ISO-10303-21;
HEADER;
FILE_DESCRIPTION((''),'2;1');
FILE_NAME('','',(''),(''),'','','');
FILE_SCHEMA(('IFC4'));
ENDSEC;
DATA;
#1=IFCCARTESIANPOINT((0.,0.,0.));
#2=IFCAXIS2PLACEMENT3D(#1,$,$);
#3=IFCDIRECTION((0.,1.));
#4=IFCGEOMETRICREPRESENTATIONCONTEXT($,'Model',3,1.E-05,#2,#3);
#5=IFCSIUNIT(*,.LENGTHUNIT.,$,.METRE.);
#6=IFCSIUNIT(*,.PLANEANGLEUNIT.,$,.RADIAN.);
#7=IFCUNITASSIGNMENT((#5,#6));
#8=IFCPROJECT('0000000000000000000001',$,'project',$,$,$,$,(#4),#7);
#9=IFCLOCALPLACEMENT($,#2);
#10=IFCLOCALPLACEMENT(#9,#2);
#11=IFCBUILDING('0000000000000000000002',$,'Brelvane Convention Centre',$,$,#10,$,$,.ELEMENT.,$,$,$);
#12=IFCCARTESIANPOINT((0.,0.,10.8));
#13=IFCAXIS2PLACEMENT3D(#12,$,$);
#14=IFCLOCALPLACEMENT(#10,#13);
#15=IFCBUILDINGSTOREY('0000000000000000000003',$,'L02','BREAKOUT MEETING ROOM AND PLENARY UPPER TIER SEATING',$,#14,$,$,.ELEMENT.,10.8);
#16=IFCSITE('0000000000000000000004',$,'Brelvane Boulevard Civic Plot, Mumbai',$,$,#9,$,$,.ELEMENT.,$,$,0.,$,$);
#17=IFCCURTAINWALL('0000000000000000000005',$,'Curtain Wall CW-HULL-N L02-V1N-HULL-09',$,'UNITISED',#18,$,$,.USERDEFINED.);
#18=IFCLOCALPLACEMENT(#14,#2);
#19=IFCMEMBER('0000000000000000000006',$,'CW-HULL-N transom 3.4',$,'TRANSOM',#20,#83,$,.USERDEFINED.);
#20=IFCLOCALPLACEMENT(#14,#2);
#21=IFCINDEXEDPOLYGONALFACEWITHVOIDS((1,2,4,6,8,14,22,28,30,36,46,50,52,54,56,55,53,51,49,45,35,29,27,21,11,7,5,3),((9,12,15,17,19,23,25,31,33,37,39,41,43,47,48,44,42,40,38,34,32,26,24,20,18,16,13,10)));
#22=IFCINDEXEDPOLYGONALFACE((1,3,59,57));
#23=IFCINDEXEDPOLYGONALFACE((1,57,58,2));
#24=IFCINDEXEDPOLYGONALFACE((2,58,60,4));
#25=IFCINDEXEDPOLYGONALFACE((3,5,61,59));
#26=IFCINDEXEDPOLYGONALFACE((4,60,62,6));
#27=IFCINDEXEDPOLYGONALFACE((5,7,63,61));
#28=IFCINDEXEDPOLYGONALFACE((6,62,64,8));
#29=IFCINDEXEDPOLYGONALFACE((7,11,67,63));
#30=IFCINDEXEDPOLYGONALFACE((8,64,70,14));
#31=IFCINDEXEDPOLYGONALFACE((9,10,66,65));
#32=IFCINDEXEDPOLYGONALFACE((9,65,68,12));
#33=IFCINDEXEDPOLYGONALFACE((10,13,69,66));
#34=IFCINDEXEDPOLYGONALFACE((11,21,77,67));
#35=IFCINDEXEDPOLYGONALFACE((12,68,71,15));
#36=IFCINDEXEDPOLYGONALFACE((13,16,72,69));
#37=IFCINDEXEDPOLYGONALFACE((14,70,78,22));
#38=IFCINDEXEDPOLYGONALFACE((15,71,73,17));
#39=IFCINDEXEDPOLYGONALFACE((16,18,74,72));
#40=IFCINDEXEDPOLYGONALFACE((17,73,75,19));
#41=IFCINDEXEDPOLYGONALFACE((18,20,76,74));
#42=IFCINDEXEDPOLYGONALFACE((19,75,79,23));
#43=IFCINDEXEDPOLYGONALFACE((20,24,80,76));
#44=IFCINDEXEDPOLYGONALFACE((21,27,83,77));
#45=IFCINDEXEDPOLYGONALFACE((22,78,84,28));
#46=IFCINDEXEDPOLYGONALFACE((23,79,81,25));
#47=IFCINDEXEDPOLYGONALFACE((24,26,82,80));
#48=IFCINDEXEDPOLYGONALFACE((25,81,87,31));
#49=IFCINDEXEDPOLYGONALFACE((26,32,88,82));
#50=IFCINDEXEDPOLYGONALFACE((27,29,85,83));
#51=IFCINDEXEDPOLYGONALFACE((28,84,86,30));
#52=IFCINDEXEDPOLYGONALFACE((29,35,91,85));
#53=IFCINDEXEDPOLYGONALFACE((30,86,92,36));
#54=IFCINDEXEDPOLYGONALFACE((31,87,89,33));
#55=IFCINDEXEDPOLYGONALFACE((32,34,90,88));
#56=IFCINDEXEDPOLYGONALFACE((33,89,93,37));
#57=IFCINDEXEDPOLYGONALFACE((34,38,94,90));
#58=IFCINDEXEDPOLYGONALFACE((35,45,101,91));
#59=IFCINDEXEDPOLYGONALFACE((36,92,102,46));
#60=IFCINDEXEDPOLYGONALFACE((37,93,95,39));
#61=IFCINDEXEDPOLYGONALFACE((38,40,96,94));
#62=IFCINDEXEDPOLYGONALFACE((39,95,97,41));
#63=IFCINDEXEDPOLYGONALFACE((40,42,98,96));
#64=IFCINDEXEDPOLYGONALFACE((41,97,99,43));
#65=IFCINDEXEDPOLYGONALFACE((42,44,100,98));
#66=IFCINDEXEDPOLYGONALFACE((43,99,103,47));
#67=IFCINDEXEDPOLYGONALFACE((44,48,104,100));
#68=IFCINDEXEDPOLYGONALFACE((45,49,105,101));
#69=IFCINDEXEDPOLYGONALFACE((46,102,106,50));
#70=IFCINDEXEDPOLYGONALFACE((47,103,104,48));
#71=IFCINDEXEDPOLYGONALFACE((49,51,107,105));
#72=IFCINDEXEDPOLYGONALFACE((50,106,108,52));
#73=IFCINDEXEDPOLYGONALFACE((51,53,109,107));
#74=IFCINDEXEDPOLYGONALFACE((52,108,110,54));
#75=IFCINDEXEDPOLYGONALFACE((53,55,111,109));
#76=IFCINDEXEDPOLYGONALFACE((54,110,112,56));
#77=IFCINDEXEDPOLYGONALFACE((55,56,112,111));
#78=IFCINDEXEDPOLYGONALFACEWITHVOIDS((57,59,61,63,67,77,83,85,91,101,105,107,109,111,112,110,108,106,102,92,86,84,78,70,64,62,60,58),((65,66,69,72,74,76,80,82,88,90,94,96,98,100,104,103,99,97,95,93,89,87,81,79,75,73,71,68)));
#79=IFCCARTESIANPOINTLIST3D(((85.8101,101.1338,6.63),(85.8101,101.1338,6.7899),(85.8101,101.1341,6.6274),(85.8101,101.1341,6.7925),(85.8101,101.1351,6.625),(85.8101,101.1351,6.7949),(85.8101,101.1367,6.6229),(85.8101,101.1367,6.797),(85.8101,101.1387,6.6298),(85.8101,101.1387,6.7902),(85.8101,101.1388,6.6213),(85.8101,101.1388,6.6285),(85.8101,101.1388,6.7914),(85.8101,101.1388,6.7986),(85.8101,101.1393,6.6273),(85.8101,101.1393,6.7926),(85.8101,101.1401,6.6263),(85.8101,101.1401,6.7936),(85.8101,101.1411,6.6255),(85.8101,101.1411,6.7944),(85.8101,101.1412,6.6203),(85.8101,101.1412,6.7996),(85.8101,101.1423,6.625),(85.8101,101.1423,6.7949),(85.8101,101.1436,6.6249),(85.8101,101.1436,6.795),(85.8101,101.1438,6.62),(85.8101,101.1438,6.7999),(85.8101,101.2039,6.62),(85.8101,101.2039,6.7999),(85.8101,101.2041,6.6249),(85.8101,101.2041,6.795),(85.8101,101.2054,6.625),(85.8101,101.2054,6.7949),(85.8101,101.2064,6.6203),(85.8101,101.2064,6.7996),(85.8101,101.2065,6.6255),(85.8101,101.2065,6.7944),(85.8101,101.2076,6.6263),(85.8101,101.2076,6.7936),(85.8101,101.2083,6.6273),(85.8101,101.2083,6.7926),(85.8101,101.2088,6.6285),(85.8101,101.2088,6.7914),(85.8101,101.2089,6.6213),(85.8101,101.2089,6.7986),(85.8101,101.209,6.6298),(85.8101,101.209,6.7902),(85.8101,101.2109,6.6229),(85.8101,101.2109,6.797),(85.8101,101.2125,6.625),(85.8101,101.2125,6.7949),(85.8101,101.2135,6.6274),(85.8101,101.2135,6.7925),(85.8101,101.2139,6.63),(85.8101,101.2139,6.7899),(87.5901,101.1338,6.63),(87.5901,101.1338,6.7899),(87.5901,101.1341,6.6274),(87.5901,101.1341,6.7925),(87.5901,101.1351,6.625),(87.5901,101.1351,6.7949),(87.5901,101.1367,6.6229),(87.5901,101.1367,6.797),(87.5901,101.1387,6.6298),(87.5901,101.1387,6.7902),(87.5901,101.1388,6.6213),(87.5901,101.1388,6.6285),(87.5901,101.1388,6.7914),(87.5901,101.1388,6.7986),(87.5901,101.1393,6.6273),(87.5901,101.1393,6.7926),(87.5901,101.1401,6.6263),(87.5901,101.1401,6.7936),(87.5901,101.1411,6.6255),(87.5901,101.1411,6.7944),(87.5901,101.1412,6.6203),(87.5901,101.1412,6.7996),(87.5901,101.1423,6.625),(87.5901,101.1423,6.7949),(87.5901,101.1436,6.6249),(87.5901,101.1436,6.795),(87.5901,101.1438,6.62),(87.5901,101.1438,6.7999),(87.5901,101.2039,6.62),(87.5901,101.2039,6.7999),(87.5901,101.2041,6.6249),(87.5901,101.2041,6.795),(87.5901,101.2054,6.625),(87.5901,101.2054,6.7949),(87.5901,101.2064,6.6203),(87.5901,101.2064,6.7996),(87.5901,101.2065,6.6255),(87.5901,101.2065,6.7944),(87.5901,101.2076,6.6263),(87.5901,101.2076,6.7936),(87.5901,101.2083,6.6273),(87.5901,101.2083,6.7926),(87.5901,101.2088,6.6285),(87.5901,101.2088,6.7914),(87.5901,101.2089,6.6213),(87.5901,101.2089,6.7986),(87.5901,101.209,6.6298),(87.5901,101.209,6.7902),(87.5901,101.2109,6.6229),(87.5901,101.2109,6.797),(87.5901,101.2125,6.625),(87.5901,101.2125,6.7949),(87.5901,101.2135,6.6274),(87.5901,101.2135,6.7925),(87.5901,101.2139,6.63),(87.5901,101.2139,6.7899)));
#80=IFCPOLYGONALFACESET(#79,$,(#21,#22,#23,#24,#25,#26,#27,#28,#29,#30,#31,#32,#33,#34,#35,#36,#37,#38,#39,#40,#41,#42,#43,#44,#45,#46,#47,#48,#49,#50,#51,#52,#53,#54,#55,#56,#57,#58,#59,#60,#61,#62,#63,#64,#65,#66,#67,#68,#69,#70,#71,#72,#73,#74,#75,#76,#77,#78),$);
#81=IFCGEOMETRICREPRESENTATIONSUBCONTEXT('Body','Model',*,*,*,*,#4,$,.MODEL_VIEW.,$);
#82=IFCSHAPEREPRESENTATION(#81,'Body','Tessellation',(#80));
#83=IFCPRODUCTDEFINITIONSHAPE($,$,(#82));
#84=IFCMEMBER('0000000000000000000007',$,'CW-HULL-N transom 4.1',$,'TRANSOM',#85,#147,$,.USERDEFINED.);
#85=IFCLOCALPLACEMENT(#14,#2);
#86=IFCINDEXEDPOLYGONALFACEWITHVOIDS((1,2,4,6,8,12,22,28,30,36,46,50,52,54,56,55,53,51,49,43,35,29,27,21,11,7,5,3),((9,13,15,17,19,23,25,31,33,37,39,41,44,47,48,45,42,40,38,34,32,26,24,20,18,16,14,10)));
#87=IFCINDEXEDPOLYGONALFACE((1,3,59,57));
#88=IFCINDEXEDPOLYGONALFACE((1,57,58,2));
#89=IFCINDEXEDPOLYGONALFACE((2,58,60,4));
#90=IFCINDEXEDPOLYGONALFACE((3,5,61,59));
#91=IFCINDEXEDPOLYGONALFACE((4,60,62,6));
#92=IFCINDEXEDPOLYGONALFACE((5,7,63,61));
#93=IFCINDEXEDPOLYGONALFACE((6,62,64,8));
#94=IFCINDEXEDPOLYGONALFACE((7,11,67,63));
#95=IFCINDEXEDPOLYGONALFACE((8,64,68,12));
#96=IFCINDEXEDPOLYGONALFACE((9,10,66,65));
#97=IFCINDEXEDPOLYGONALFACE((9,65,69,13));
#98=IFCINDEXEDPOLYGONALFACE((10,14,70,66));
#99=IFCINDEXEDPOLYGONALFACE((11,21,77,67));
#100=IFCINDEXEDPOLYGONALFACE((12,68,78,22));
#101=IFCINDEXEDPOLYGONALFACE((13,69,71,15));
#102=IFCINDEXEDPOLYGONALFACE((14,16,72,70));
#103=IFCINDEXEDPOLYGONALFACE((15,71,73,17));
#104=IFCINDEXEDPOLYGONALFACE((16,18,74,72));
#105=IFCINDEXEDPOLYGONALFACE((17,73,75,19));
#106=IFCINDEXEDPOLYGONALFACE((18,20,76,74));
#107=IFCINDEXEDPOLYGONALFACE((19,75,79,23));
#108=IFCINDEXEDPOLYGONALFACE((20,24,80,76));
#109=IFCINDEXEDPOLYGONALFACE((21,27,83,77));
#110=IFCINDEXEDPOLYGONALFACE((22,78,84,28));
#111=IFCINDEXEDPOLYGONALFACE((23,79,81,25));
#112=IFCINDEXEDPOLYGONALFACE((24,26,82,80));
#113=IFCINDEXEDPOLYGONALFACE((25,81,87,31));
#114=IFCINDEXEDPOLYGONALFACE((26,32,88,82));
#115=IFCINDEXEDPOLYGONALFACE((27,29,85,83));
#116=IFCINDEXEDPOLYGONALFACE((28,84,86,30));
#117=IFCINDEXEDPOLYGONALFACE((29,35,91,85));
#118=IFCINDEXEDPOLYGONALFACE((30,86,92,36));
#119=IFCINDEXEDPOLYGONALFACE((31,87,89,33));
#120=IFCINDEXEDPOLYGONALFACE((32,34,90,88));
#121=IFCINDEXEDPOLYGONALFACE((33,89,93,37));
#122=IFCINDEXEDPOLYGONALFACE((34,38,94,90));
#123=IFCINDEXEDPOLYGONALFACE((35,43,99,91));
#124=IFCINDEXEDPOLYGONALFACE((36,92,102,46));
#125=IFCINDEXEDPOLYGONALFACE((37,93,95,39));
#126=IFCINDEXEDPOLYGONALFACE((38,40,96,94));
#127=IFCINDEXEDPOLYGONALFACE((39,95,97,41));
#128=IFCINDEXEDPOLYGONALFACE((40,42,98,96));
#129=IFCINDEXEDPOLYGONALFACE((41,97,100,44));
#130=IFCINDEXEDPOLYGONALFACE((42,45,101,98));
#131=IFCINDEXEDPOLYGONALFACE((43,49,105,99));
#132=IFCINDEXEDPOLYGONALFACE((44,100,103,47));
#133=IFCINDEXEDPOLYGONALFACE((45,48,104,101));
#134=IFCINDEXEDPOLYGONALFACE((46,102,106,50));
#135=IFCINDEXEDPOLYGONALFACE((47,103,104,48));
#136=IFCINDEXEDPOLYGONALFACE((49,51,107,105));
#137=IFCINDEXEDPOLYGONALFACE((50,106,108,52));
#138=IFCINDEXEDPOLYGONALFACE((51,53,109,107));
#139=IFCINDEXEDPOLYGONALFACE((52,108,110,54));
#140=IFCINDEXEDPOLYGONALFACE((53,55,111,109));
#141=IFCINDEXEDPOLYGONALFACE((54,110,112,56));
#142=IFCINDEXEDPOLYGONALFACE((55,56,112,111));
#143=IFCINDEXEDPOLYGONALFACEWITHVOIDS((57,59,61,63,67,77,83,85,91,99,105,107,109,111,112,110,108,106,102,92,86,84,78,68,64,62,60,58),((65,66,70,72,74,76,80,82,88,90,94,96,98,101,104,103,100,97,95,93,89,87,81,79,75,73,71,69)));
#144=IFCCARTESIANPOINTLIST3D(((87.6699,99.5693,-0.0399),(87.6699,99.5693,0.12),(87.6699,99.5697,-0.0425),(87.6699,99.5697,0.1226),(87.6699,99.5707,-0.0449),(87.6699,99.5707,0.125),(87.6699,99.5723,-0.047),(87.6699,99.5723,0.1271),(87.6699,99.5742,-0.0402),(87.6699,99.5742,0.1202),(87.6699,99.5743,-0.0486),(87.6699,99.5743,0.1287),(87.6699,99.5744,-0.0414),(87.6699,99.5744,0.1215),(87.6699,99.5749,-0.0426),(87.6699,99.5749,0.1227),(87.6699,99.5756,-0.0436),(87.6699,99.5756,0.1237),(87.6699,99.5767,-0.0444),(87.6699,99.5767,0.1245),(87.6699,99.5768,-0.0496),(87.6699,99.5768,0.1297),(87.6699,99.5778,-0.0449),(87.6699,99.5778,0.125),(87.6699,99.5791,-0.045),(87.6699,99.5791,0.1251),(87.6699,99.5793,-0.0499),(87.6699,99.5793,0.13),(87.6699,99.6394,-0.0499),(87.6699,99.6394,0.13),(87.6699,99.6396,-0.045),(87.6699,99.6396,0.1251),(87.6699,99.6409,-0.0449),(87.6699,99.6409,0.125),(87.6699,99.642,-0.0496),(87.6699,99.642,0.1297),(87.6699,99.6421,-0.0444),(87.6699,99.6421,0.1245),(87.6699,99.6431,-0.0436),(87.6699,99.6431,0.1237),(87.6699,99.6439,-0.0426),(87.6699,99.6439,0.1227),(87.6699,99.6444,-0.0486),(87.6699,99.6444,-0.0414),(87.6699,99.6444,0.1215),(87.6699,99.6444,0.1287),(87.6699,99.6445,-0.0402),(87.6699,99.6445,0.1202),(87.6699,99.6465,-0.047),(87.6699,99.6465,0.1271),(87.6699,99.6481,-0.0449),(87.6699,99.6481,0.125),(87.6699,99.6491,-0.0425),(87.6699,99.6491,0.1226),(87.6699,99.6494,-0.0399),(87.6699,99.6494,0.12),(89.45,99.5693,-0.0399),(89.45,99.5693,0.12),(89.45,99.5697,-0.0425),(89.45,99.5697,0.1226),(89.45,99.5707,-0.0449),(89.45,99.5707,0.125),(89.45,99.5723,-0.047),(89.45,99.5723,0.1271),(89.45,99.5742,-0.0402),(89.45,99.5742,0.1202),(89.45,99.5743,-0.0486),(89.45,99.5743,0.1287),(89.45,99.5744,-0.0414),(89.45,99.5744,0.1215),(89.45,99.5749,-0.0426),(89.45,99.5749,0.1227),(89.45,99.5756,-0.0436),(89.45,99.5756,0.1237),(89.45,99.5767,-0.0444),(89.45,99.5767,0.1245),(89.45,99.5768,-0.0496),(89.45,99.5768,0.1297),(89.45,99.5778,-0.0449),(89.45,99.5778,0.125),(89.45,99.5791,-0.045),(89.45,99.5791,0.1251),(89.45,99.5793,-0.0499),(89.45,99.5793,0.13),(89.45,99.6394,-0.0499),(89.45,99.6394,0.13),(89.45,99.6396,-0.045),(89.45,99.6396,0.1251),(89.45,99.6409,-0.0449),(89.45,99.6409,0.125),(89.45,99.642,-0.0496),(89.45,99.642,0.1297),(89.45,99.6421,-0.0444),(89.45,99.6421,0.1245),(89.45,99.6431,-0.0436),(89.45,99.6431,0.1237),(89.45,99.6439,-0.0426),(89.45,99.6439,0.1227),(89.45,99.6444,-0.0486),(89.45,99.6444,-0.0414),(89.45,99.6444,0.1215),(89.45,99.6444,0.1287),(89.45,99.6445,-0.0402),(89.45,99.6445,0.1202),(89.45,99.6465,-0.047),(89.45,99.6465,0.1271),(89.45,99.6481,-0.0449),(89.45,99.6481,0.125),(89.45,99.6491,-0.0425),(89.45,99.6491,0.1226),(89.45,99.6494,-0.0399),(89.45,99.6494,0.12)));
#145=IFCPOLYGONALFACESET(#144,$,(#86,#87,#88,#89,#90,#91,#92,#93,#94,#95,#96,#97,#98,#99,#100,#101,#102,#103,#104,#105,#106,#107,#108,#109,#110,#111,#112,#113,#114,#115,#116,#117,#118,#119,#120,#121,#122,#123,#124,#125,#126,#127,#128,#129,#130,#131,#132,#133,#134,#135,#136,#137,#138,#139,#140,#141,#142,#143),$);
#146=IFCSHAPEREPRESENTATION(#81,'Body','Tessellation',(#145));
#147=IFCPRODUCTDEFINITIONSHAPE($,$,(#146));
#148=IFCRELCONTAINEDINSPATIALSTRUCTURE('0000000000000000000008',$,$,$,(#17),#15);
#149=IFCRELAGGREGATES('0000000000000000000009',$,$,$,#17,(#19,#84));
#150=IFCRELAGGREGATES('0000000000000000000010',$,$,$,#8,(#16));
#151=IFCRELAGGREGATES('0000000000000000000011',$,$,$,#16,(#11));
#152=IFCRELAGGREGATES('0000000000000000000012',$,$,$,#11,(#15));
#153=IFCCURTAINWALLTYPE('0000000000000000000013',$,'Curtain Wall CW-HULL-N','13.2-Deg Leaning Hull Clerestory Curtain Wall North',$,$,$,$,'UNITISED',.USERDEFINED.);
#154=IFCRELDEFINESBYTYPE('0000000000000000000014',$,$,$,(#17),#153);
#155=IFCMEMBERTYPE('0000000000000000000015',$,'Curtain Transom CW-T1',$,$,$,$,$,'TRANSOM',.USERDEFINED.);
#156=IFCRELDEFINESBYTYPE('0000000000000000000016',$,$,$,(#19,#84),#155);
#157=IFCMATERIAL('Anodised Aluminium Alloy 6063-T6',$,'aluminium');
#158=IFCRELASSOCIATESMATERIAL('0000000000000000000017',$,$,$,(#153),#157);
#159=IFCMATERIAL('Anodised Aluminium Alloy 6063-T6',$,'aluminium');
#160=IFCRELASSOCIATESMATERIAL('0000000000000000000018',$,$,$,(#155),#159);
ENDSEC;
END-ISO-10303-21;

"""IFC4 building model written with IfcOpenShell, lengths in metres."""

from ifc_helpers import new_model, si_unit, direction, frame, origin, origin_2d, place, context, subcontext, project, spatial, hollow_rectangle, extrude, material, material_profile, profile_set, type_object, element, aggregate, save


model = new_model("IFC4")

# Units and contexts
model_context = context("Model", 3, precision=1e-05, world=origin(), true_north=direction((0.0, 1.0)))
body_context = subcontext(model_context, "Body", "Model", "MODEL_VIEW")
ifc_project = project(units=[si_unit("LENGTHUNIT", "METRE"), si_unit("PLANEANGLEUNIT", "RADIAN")], contexts=[model_context])

# Site, building, storey
site_placement = place(None, origin())
site = spatial("IfcSite", under=ifc_project, at=site_placement, Name="Brelvane Boulevard Civic Plot, Mumbai", CompositionType="ELEMENT", RefElevation=0.0)
building_placement = place(site_placement, origin())
building = spatial("IfcBuilding", under=site, at=building_placement, Name="Brelvane Convention Centre", CompositionType="ELEMENT")
storey_placement = place(building_placement, frame((0.0, 0.0, 10.8)))
storey = spatial("IfcBuildingStorey", under=building, at=storey_placement, Name="L02", Description="BREAKOUT MEETING ROOM AND PLENARY UPPER TIER SEATING", CompositionType="ELEMENT", Elevation=10.8)

# Curtain wall, members
ifc_material_1 = material(Name="Anodised Aluminium Alloy 6063-T6", Category="aluminium")
curtain_wall_type = type_object("IfcCurtainWallType", Name="Curtain Wall CW-HULL-N", Description="13.2-Deg Leaning Hull Clerestory Curtain Wall North", ElementType="UNITISED", PredefinedType="USERDEFINED", material=ifc_material_1)
curtain_wall_placement = place(storey_placement, origin())
curtain_wall = element("IfcCurtainWall", 1, at=curtain_wall_placement, inside=storey, type_object=curtain_wall_type, Name="Curtain Wall CW-HULL-N L02-V1N-HULL-09", ObjectType="UNITISED", PredefinedType="USERDEFINED")
ifc_material_2 = material(Name="Anodised Aluminium Alloy 6063-T6", Category="aluminium")
ifc_material_profile_1 = material_profile(ifc_material_2, hollow_rectangle(XDim=0.0801, YDim=0.1799, WallThickness=0.0049, InnerFilletRadius=0.0049, OuterFilletRadius=0.01, at=origin_2d()), Name="ALU-T 180x80x5.0")
ifc_profile_set_1 = profile_set([ifc_material_profile_1], Name="Anodised Aluminium Alloy 6063-T6")
member_type_1 = type_object("IfcMemberType", Name="Curtain Transom CW-T1", ElementType="TRANSOM", PredefinedType="USERDEFINED", material=ifc_profile_set_1)
member_1_placement = place(storey_placement, frame((85.8101, 101.1738, 6.71), z_axis=(1.0, 0.0, 0.0), x_axis=(0.0, 1.0, 0.0)))
member_1 = element("IfcMember", 2, at=member_1_placement, type_object=member_type_1, Name="CW-HULL-N transom 3.4", ObjectType="TRANSOM", PredefinedType="USERDEFINED", context=body_context, shape_type="SweptSolid", body=[
    extrude(hollow_rectangle(XDim=0.0801, YDim=0.1799, WallThickness=0.0049, InnerFilletRadius=0.0049, OuterFilletRadius=0.01, at=origin_2d()), origin(), (0.0, 0.0, 1.0), 1.78),
])
member_2_placement = place(storey_placement, frame((87.6699, 99.6094, 0.04), z_axis=(1.0, 0.0, 0.0), x_axis=(0.0, 1.0, 0.0)))
member_2 = element("IfcMember", 3, at=member_2_placement, type_object=member_type_1, Name="CW-HULL-N transom 4.1", ObjectType="TRANSOM", PredefinedType="USERDEFINED", context=body_context, shape_type="SweptSolid", body=[
    extrude(hollow_rectangle(XDim=0.0801, YDim=0.1799, WallThickness=0.0049, InnerFilletRadius=0.0049, OuterFilletRadius=0.01, at=origin_2d()), origin(), (0.0, 0.0, 1.0), 1.78),
])
aggregate(curtain_wall, [member_1, member_2])

save(model, "model.ifc")
